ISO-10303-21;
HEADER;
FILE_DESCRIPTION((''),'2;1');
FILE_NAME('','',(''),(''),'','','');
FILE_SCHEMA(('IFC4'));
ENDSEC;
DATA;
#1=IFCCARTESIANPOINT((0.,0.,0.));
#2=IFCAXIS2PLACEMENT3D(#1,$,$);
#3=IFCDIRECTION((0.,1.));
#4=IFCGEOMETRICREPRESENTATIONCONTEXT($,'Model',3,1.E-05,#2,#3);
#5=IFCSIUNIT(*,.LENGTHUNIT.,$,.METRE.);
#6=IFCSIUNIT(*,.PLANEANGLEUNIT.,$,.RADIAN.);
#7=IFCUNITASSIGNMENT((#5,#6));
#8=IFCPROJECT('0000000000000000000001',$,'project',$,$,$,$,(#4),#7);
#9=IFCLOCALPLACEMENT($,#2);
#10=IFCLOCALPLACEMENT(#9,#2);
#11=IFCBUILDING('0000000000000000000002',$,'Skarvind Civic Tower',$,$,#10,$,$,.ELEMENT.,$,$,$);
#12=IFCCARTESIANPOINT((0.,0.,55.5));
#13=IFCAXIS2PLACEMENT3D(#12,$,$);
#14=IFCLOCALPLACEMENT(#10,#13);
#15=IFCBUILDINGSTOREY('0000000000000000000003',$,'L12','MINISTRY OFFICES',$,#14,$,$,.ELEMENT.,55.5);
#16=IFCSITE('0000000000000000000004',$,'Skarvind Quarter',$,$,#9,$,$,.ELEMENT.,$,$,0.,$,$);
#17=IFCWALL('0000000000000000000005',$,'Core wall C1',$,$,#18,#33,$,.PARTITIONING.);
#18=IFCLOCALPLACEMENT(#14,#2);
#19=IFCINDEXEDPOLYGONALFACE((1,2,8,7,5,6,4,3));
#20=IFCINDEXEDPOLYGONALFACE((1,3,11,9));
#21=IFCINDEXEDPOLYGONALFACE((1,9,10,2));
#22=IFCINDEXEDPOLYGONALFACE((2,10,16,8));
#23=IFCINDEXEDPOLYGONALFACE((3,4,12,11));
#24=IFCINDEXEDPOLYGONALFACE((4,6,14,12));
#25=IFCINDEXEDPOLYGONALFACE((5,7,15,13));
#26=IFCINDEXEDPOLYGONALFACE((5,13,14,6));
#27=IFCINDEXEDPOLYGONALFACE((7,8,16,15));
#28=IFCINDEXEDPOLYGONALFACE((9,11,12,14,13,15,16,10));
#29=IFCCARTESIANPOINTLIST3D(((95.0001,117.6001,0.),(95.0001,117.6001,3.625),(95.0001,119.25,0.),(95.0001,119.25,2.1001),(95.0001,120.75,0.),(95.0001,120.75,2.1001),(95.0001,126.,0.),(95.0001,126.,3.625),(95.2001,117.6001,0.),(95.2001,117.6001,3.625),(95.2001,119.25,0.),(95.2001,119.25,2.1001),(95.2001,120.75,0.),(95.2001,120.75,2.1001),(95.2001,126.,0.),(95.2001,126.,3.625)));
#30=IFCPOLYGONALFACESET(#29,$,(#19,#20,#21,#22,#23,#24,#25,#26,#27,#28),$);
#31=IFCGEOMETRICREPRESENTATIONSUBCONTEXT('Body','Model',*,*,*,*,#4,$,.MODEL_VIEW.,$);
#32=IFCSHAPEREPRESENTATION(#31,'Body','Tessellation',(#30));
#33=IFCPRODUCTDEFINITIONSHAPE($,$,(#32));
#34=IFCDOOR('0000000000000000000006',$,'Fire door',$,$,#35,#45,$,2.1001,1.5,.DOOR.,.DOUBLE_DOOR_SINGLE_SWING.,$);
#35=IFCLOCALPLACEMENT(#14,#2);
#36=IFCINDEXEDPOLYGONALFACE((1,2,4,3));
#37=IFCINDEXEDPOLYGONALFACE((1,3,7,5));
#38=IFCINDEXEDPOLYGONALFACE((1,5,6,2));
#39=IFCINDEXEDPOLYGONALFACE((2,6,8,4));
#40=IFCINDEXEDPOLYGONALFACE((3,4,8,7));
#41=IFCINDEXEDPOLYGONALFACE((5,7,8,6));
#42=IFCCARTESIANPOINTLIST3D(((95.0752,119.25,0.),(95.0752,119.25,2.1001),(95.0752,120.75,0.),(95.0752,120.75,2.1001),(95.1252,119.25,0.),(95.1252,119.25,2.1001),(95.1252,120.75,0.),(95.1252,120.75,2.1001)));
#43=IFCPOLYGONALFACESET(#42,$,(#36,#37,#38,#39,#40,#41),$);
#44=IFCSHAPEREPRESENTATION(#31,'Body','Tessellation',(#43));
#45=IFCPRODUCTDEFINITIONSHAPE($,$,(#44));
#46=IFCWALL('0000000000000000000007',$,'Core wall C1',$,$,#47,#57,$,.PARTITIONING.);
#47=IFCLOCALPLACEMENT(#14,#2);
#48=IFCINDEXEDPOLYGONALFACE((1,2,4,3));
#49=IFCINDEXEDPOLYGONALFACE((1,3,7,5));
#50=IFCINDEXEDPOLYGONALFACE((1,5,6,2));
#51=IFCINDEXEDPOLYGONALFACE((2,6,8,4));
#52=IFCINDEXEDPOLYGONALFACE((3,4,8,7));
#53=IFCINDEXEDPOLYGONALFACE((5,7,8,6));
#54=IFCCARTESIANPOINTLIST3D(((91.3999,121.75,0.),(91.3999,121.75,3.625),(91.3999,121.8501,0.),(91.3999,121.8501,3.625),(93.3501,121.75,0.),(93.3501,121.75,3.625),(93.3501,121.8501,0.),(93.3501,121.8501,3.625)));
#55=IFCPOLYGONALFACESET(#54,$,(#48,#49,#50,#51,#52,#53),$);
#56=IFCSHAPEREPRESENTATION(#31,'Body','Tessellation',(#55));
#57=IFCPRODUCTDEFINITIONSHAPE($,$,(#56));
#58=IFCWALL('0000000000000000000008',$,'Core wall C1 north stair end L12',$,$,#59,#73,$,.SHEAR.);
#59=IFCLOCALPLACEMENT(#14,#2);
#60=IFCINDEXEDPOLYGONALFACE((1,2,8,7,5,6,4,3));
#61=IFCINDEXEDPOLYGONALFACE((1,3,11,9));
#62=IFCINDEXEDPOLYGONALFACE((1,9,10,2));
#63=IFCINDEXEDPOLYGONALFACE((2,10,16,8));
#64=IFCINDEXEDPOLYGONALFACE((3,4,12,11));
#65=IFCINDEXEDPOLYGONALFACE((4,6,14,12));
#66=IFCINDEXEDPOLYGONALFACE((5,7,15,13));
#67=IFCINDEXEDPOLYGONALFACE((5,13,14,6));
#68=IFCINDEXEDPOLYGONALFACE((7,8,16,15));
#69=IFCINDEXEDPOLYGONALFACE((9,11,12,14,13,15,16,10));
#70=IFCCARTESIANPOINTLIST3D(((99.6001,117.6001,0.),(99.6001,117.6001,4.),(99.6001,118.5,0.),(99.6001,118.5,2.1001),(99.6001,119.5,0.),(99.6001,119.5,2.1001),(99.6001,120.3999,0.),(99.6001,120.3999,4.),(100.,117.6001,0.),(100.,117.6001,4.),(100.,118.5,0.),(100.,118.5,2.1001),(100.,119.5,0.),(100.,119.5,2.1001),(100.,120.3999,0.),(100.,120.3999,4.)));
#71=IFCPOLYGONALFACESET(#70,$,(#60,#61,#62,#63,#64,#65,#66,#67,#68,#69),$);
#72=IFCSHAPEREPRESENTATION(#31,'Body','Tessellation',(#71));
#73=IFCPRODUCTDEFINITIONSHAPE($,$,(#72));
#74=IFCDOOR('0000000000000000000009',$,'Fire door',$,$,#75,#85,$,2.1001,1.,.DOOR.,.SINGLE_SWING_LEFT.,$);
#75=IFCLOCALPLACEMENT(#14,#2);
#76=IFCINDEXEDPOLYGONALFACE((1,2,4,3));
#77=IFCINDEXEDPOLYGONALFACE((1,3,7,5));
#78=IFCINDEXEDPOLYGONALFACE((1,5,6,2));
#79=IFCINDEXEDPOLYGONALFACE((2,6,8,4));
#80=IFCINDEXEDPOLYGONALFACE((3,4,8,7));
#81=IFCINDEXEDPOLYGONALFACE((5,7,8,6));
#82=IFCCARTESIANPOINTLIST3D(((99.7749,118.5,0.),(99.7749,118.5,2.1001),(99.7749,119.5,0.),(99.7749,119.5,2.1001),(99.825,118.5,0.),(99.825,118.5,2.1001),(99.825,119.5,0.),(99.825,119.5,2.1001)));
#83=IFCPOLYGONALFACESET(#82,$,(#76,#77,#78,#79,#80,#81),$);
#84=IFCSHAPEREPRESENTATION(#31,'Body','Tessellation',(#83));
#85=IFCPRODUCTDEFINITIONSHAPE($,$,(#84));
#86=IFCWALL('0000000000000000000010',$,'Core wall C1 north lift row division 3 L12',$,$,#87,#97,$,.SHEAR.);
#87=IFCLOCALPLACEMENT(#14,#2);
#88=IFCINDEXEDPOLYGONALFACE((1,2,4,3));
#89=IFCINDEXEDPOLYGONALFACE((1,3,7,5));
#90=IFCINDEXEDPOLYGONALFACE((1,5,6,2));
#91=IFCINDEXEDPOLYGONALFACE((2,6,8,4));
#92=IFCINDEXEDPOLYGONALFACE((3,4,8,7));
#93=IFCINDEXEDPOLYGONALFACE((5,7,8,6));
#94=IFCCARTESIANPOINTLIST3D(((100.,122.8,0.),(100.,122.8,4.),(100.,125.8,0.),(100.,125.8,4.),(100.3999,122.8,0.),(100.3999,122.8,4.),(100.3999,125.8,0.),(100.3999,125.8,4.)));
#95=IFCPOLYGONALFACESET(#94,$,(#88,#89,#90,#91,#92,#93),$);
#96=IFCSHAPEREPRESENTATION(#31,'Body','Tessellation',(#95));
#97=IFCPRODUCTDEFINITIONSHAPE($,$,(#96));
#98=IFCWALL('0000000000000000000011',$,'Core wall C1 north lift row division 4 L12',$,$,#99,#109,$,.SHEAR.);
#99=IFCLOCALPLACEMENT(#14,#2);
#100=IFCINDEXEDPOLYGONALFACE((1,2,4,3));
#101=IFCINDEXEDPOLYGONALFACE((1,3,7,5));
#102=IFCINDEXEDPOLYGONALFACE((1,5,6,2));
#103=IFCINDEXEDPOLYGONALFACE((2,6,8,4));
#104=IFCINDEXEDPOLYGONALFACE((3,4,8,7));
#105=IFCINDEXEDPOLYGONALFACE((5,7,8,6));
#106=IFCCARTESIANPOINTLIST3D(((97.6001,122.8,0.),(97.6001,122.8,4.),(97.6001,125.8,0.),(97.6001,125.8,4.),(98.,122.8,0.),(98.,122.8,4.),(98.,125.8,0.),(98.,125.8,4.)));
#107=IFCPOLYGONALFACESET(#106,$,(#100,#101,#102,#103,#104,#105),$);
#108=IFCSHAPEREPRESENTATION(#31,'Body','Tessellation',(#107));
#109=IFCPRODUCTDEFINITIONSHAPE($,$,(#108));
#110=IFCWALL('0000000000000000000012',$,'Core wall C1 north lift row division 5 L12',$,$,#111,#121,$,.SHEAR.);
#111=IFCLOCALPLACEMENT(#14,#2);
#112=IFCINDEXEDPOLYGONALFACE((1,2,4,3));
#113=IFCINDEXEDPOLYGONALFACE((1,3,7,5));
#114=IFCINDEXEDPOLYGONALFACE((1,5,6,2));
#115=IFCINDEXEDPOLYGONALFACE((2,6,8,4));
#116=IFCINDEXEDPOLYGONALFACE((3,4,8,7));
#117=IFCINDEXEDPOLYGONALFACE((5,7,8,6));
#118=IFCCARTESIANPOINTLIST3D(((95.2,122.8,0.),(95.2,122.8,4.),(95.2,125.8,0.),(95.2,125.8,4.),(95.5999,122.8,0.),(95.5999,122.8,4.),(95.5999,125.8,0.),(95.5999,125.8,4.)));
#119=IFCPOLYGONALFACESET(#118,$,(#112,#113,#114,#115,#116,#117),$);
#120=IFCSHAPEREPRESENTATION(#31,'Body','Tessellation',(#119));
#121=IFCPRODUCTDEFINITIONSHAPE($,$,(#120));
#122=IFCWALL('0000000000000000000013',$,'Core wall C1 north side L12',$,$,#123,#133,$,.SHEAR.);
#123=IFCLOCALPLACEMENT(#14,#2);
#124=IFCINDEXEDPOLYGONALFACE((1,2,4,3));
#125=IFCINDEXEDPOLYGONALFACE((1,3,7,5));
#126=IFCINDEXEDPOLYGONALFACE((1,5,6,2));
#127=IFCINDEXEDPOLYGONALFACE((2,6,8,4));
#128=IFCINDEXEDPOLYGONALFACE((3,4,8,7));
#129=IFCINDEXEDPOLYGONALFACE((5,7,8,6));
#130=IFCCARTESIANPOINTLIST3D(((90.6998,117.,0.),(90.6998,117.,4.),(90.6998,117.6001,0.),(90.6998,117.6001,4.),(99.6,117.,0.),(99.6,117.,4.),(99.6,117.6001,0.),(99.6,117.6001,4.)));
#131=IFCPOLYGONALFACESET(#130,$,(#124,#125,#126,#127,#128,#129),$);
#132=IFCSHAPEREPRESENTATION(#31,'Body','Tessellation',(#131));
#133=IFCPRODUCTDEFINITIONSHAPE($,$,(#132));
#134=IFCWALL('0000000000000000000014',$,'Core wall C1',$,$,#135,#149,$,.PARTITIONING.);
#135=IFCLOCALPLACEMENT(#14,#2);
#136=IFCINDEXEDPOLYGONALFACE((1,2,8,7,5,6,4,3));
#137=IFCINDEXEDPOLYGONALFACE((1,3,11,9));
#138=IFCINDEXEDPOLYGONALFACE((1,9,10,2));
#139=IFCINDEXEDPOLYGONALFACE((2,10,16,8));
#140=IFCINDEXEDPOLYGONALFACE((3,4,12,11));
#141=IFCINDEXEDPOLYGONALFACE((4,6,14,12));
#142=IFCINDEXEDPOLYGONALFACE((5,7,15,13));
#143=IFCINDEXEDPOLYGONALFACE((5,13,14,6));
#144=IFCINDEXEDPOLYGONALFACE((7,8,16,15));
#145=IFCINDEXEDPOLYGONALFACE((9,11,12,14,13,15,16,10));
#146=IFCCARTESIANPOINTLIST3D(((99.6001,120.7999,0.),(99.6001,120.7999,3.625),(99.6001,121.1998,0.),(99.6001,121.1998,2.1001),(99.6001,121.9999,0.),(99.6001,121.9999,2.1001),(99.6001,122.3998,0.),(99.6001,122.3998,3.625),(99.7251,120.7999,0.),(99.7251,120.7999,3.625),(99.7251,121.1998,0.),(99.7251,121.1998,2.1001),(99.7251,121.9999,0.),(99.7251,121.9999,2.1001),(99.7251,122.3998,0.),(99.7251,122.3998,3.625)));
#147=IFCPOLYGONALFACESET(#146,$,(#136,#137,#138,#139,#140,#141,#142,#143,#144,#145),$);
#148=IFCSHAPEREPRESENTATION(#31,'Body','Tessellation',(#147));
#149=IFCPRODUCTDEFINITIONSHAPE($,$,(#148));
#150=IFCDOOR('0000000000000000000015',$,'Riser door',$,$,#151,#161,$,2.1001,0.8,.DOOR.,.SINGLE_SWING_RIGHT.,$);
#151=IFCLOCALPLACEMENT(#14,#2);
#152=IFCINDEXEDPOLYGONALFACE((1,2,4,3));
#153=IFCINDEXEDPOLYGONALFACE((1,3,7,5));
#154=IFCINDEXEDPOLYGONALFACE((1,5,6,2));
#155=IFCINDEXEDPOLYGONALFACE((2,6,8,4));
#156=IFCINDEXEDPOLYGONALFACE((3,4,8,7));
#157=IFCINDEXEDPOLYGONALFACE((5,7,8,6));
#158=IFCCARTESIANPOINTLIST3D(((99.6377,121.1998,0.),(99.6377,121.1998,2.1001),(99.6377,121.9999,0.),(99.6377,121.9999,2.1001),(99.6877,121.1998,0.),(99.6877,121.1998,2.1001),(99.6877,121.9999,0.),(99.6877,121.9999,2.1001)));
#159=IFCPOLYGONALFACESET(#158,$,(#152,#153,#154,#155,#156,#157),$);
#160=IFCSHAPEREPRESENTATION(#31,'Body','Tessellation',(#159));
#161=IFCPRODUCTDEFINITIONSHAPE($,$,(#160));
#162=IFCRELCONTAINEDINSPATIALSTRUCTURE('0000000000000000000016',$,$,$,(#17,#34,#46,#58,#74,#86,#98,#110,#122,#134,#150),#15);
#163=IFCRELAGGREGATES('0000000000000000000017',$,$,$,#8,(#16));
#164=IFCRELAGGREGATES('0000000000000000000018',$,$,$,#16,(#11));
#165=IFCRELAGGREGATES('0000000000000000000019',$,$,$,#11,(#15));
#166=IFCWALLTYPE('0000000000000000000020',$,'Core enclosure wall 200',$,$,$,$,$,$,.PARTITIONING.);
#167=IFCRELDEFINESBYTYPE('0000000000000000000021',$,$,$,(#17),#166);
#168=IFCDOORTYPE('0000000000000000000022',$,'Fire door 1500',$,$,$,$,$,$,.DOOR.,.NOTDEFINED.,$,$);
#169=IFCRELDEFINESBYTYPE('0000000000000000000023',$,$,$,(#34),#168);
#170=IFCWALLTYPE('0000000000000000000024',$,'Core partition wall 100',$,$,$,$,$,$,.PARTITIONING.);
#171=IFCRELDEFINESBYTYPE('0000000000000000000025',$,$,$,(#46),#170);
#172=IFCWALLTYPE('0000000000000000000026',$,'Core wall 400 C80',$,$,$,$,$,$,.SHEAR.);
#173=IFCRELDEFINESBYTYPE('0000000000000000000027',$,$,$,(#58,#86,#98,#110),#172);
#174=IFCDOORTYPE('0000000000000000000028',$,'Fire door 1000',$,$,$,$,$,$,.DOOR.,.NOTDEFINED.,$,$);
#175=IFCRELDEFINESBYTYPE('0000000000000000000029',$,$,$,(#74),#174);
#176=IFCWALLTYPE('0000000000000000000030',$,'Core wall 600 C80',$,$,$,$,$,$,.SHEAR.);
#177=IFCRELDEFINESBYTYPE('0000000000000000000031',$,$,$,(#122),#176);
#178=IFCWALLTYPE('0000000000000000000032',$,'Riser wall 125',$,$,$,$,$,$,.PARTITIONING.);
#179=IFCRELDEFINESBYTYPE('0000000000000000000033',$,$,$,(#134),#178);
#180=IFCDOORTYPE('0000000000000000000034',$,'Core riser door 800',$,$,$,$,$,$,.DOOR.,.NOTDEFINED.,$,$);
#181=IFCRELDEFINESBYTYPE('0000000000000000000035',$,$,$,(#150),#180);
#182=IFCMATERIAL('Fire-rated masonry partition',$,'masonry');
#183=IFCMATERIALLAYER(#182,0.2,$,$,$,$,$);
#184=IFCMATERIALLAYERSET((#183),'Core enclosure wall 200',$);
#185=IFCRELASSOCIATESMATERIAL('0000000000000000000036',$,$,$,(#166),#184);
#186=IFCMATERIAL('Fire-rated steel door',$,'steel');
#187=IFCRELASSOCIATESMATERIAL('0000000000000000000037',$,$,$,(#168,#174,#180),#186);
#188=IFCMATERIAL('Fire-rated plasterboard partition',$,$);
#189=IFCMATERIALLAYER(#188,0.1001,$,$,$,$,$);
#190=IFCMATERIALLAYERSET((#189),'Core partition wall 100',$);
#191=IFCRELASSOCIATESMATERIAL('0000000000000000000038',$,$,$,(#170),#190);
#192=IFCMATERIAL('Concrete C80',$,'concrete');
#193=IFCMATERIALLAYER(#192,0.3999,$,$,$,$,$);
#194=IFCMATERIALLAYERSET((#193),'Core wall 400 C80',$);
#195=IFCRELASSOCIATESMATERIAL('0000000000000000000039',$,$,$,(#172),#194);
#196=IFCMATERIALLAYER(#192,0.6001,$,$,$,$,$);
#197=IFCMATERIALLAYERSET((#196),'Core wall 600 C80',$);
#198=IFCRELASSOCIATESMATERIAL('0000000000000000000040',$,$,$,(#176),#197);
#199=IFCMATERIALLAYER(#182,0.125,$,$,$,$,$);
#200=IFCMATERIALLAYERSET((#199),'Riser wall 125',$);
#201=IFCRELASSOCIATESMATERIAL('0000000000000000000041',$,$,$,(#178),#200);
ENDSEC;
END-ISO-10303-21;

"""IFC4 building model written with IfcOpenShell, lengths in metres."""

from ifc_helpers import new_model, si_unit, direction, frame, frame_2d, origin, place, context, subcontext, project, spatial, rectangle, extrude, material, layer, layer_set, type_object, element, fill, save


model = new_model("IFC4")

# Units and contexts
model_context = context("Model", 3, precision=1e-05, world=origin(), true_north=direction((0.0, 1.0)))
body_context = subcontext(model_context, "Body", "Model", "MODEL_VIEW")
ifc_project = project(units=[si_unit("LENGTHUNIT", "METRE"), si_unit("PLANEANGLEUNIT", "RADIAN")], contexts=[model_context])

# Site, building, storey
site_placement = place(None, origin())
site = spatial("IfcSite", under=ifc_project, at=site_placement, Name="Skarvind Quarter", CompositionType="ELEMENT", RefElevation=0.0)
building_placement = place(site_placement, origin())
building = spatial("IfcBuilding", under=site, at=building_placement, Name="Skarvind Civic Tower", CompositionType="ELEMENT")
storey_placement = place(building_placement, frame((0.0, 0.0, 55.5)))
storey = spatial("IfcBuildingStorey", under=building, at=storey_placement, Name="L12", Description="MINISTRY OFFICES", CompositionType="ELEMENT", Elevation=55.5)

# Wall, opening, door
ifc_material_1 = material(Name="Fire-rated masonry partition", Category="masonry")
ifc_layer_1 = layer(ifc_material_1, 0.2)
ifc_layer_set_1 = layer_set([ifc_layer_1], Name="Core enclosure wall 200")
wall_type_1 = type_object("IfcWallType", Name="Core enclosure wall 200", PredefinedType="PARTITIONING", material=ifc_layer_set_1)
wall_1_placement = place(storey_placement, frame((95.1001, 117.6001, 0.0), z_axis=(0.0, 0.0, 1.0), x_axis=(0.0, 1.0, 0.0)))
wall_1 = element("IfcWall", 1, at=wall_1_placement, inside=storey, type_object=wall_type_1, Name="Core wall C1", PredefinedType="PARTITIONING", context=body_context, shape_type="SweptSolid", body=[
    extrude(rectangle(XDim=8.3999, YDim=0.2, at=frame_2d((4.2, 0.0))), origin(), (0.0, 0.0, 1.0), 3.625),
])
opening_1_placement = place(wall_1_placement, frame((1.6499, 0.0, 0.0)))
opening_1 = element("IfcOpeningElement", 2, at=opening_1_placement, cuts=wall_1, PredefinedType="OPENING", context=body_context, shape_type="SweptSolid", body=[
    extrude(rectangle(XDim=1.5, YDim=2.1001, at=frame_2d((0.75, 1.05))), frame((0.0, 0.1099, 0.0), z_axis=(0.0, -1.0, 0.0), x_axis=(1.0, 0.0, 0.0)), (0.0, 0.0, 1.0), 0.22),
])
ifc_material_2 = material(Name="Fire-rated steel door", Category="steel")
door_type_1 = type_object("IfcDoorType", Name="Fire door 1500", OperationType="NOTDEFINED", PredefinedType="DOOR", material=ifc_material_2)
door_1_placement = place(opening_1_placement, origin())
door_1 = element("IfcDoor", 3, at=door_1_placement, inside=storey, type_object=door_type_1, Name="Fire door", OperationType="DOUBLE_DOOR_SINGLE_SWING", OverallHeight=2.1001, OverallWidth=1.5, PredefinedType="DOOR", context=body_context, shape_type="SweptSolid", body=[
    extrude(rectangle(XDim=1.5, YDim=2.1001, at=frame_2d((0.75, 1.05))), frame((0.0, 0.0249, 0.0), z_axis=(0.0, -1.0, 0.0), x_axis=(1.0, 0.0, 0.0)), (0.0, 0.0, 1.0), 0.05),
])
fill(opening_1, door_1)

# Wall
ifc_material_3 = material(Name="Fire-rated plasterboard partition")
ifc_layer_2 = layer(ifc_material_3, 0.1001)
ifc_layer_set_2 = layer_set([ifc_layer_2], Name="Core partition wall 100")
wall_type_2 = type_object("IfcWallType", Name="Core partition wall 100", PredefinedType="PARTITIONING", material=ifc_layer_set_2)
wall_2_placement = place(storey_placement, frame((93.3501, 121.8, 0.0), z_axis=(0.0, 0.0, 1.0), x_axis=(-1.0, 0.0, 0.0)))
element("IfcWall", 4, at=wall_2_placement, inside=storey, type_object=wall_type_2, Name="Core wall C1", PredefinedType="PARTITIONING", context=body_context, shape_type="SweptSolid", body=[
    extrude(rectangle(XDim=1.9502, YDim=0.1001, at=frame_2d((0.9751, 0.0))), origin(), (0.0, 0.0, 1.0), 3.625),
])

# Wall, opening, door
ifc_material_4 = material(Name="Concrete C80", Category="concrete")
ifc_layer_3 = layer(ifc_material_4, 0.3999)
ifc_layer_set_3 = layer_set([ifc_layer_3], Name="Core wall 400 C80")
wall_type_3 = type_object("IfcWallType", Name="Core wall 400 C80", PredefinedType="SHEAR", material=ifc_layer_set_3)
wall_3_placement = place(storey_placement, frame((99.8, 120.3999, 0.0), z_axis=(0.0, 0.0, 1.0), x_axis=(0.0, -1.0, 0.0)))
wall_3 = element("IfcWall", 5, at=wall_3_placement, inside=storey, type_object=wall_type_3, Name="Core wall C1 north stair end L12", PredefinedType="SHEAR", context=body_context, shape_type="SweptSolid", body=[
    extrude(rectangle(XDim=2.7998, YDim=0.3999, at=frame_2d((1.3999, 0.0))), origin(), (0.0, 0.0, 1.0), 4.0),
])
opening_2_placement = place(wall_3_placement, frame((0.8999, 0.0, 0.0)))
opening_2 = element("IfcOpeningElement", 6, at=opening_2_placement, cuts=wall_3, PredefinedType="OPENING", context=body_context, shape_type="SweptSolid", body=[
    extrude(rectangle(XDim=1.0, YDim=2.1001, at=frame_2d((0.5, 1.05))), frame((0.0, 0.21, 0.0), z_axis=(0.0, -1.0, 0.0), x_axis=(1.0, 0.0, 0.0)), (0.0, 0.0, 1.0), 0.4199),
])
door_type_2 = type_object("IfcDoorType", Name="Fire door 1000", OperationType="NOTDEFINED", PredefinedType="DOOR", material=ifc_material_2)
door_2_placement = place(opening_2_placement, origin())
door_2 = element("IfcDoor", 7, at=door_2_placement, inside=storey, type_object=door_type_2, Name="Fire door", OperationType="SINGLE_SWING_LEFT", OverallHeight=2.1001, OverallWidth=1.0, PredefinedType="DOOR", context=body_context, shape_type="SweptSolid", body=[
    extrude(rectangle(XDim=1.0, YDim=2.1001, at=frame_2d((0.5, 1.05))), frame((0.0, 0.0249, 0.0), z_axis=(0.0, -1.0, 0.0), x_axis=(1.0, 0.0, 0.0)), (0.0, 0.0, 1.0), 0.05),
])
fill(opening_2, door_2)

# Walls
for number, where, z_axis, x_axis, name in (
    (8, (100.2, 125.8, 0.0), (0.0, 0.0, 1.0), (0.0, -1.0, 0.0), "Core wall C1 north lift row division 3 L12"),
    (9, (97.8, 125.8, 0.0), (0.0, 0.0, 1.0), (0.0, -1.0, 0.0), "Core wall C1 north lift row division 4 L12"),
    (10, (95.3999, 125.8, 0.0), (0.0, 0.0, 1.0), (0.0, -1.0, 0.0), "Core wall C1 north lift row division 5 L12"),
):
    element("IfcWall", number, at=place(storey_placement, frame(where, z_axis=z_axis, x_axis=x_axis)), inside=storey, type_object=wall_type_3, Name=name, PredefinedType="SHEAR", context=body_context, shape_type="SweptSolid", body=[
        extrude(rectangle(XDim=3.0, YDim=0.3999, at=frame_2d((1.5, 0.0))), origin(), (0.0, 0.0, 1.0), 4.0),
    ])
ifc_layer_4 = layer(ifc_material_4, 0.6001)
ifc_layer_set_4 = layer_set([ifc_layer_4], Name="Core wall 600 C80")
wall_type_4 = type_object("IfcWallType", Name="Core wall 600 C80", PredefinedType="SHEAR", material=ifc_layer_set_4)
wall_4_placement = place(storey_placement, frame((99.6001, 117.3, 0.0), z_axis=(0.0, 0.0, 1.0), x_axis=(-1.0, 0.0, 0.0)))
element("IfcWall", 11, at=wall_4_placement, inside=storey, type_object=wall_type_4, Name="Core wall C1 north side L12", PredefinedType="SHEAR", context=body_context, shape_type="SweptSolid", body=[
    extrude(rectangle(XDim=8.9001, YDim=0.6001, at=frame_2d((4.4502, 0.0))), origin(), (0.0, 0.0, 1.0), 4.0),
])

# Wall, opening, door
ifc_layer_5 = layer(ifc_material_1, 0.125)
ifc_layer_set_5 = layer_set([ifc_layer_5], Name="Riser wall 125")
wall_type_5 = type_object("IfcWallType", Name="Riser wall 125", PredefinedType="PARTITIONING", material=ifc_layer_set_5)
wall_5_placement = place(storey_placement, frame((99.6626, 120.8, 0.0), z_axis=(0.0, 0.0, 1.0), x_axis=(0.0, 1.0, 0.0)))
wall_5 = element("IfcWall", 12, at=wall_5_placement, inside=storey, type_object=wall_type_5, Name="Core wall C1", PredefinedType="PARTITIONING", context=body_context, shape_type="SweptSolid", body=[
    extrude(rectangle(XDim=1.5999, YDim=0.125, at=frame_2d((0.7998, 0.0))), origin(), (0.0, 0.0, 1.0), 3.625),
])
opening_3_placement = place(wall_5_placement, frame((0.3999, 0.0, 0.0)))
opening_3 = element("IfcOpeningElement", 13, at=opening_3_placement, cuts=wall_5, PredefinedType="OPENING", context=body_context, shape_type="SweptSolid", body=[
    extrude(rectangle(XDim=0.8, YDim=2.1001, at=frame_2d((0.3999, 1.05))), frame((0.0, 0.0725, 0.0), z_axis=(0.0, -1.0, 0.0), x_axis=(1.0, 0.0, 0.0)), (0.0, 0.0, 1.0), 0.145),
])
door_type_3 = type_object("IfcDoorType", Name="Core riser door 800", OperationType="NOTDEFINED", PredefinedType="DOOR", material=ifc_material_2)
door_3_placement = place(opening_3_placement, origin())
door_3 = element("IfcDoor", 14, at=door_3_placement, inside=storey, type_object=door_type_3, Name="Riser door", OperationType="SINGLE_SWING_RIGHT", OverallHeight=2.1001, OverallWidth=0.8, PredefinedType="DOOR", context=body_context, shape_type="SweptSolid", body=[
    extrude(rectangle(XDim=0.8, YDim=2.1001, at=frame_2d((0.3999, 1.05))), frame((0.0, 0.0249, 0.0), z_axis=(0.0, -1.0, 0.0), x_axis=(1.0, 0.0, 0.0)), (0.0, 0.0, 1.0), 0.05),
])
fill(opening_3, door_3)

save(model, "model.ifc")
